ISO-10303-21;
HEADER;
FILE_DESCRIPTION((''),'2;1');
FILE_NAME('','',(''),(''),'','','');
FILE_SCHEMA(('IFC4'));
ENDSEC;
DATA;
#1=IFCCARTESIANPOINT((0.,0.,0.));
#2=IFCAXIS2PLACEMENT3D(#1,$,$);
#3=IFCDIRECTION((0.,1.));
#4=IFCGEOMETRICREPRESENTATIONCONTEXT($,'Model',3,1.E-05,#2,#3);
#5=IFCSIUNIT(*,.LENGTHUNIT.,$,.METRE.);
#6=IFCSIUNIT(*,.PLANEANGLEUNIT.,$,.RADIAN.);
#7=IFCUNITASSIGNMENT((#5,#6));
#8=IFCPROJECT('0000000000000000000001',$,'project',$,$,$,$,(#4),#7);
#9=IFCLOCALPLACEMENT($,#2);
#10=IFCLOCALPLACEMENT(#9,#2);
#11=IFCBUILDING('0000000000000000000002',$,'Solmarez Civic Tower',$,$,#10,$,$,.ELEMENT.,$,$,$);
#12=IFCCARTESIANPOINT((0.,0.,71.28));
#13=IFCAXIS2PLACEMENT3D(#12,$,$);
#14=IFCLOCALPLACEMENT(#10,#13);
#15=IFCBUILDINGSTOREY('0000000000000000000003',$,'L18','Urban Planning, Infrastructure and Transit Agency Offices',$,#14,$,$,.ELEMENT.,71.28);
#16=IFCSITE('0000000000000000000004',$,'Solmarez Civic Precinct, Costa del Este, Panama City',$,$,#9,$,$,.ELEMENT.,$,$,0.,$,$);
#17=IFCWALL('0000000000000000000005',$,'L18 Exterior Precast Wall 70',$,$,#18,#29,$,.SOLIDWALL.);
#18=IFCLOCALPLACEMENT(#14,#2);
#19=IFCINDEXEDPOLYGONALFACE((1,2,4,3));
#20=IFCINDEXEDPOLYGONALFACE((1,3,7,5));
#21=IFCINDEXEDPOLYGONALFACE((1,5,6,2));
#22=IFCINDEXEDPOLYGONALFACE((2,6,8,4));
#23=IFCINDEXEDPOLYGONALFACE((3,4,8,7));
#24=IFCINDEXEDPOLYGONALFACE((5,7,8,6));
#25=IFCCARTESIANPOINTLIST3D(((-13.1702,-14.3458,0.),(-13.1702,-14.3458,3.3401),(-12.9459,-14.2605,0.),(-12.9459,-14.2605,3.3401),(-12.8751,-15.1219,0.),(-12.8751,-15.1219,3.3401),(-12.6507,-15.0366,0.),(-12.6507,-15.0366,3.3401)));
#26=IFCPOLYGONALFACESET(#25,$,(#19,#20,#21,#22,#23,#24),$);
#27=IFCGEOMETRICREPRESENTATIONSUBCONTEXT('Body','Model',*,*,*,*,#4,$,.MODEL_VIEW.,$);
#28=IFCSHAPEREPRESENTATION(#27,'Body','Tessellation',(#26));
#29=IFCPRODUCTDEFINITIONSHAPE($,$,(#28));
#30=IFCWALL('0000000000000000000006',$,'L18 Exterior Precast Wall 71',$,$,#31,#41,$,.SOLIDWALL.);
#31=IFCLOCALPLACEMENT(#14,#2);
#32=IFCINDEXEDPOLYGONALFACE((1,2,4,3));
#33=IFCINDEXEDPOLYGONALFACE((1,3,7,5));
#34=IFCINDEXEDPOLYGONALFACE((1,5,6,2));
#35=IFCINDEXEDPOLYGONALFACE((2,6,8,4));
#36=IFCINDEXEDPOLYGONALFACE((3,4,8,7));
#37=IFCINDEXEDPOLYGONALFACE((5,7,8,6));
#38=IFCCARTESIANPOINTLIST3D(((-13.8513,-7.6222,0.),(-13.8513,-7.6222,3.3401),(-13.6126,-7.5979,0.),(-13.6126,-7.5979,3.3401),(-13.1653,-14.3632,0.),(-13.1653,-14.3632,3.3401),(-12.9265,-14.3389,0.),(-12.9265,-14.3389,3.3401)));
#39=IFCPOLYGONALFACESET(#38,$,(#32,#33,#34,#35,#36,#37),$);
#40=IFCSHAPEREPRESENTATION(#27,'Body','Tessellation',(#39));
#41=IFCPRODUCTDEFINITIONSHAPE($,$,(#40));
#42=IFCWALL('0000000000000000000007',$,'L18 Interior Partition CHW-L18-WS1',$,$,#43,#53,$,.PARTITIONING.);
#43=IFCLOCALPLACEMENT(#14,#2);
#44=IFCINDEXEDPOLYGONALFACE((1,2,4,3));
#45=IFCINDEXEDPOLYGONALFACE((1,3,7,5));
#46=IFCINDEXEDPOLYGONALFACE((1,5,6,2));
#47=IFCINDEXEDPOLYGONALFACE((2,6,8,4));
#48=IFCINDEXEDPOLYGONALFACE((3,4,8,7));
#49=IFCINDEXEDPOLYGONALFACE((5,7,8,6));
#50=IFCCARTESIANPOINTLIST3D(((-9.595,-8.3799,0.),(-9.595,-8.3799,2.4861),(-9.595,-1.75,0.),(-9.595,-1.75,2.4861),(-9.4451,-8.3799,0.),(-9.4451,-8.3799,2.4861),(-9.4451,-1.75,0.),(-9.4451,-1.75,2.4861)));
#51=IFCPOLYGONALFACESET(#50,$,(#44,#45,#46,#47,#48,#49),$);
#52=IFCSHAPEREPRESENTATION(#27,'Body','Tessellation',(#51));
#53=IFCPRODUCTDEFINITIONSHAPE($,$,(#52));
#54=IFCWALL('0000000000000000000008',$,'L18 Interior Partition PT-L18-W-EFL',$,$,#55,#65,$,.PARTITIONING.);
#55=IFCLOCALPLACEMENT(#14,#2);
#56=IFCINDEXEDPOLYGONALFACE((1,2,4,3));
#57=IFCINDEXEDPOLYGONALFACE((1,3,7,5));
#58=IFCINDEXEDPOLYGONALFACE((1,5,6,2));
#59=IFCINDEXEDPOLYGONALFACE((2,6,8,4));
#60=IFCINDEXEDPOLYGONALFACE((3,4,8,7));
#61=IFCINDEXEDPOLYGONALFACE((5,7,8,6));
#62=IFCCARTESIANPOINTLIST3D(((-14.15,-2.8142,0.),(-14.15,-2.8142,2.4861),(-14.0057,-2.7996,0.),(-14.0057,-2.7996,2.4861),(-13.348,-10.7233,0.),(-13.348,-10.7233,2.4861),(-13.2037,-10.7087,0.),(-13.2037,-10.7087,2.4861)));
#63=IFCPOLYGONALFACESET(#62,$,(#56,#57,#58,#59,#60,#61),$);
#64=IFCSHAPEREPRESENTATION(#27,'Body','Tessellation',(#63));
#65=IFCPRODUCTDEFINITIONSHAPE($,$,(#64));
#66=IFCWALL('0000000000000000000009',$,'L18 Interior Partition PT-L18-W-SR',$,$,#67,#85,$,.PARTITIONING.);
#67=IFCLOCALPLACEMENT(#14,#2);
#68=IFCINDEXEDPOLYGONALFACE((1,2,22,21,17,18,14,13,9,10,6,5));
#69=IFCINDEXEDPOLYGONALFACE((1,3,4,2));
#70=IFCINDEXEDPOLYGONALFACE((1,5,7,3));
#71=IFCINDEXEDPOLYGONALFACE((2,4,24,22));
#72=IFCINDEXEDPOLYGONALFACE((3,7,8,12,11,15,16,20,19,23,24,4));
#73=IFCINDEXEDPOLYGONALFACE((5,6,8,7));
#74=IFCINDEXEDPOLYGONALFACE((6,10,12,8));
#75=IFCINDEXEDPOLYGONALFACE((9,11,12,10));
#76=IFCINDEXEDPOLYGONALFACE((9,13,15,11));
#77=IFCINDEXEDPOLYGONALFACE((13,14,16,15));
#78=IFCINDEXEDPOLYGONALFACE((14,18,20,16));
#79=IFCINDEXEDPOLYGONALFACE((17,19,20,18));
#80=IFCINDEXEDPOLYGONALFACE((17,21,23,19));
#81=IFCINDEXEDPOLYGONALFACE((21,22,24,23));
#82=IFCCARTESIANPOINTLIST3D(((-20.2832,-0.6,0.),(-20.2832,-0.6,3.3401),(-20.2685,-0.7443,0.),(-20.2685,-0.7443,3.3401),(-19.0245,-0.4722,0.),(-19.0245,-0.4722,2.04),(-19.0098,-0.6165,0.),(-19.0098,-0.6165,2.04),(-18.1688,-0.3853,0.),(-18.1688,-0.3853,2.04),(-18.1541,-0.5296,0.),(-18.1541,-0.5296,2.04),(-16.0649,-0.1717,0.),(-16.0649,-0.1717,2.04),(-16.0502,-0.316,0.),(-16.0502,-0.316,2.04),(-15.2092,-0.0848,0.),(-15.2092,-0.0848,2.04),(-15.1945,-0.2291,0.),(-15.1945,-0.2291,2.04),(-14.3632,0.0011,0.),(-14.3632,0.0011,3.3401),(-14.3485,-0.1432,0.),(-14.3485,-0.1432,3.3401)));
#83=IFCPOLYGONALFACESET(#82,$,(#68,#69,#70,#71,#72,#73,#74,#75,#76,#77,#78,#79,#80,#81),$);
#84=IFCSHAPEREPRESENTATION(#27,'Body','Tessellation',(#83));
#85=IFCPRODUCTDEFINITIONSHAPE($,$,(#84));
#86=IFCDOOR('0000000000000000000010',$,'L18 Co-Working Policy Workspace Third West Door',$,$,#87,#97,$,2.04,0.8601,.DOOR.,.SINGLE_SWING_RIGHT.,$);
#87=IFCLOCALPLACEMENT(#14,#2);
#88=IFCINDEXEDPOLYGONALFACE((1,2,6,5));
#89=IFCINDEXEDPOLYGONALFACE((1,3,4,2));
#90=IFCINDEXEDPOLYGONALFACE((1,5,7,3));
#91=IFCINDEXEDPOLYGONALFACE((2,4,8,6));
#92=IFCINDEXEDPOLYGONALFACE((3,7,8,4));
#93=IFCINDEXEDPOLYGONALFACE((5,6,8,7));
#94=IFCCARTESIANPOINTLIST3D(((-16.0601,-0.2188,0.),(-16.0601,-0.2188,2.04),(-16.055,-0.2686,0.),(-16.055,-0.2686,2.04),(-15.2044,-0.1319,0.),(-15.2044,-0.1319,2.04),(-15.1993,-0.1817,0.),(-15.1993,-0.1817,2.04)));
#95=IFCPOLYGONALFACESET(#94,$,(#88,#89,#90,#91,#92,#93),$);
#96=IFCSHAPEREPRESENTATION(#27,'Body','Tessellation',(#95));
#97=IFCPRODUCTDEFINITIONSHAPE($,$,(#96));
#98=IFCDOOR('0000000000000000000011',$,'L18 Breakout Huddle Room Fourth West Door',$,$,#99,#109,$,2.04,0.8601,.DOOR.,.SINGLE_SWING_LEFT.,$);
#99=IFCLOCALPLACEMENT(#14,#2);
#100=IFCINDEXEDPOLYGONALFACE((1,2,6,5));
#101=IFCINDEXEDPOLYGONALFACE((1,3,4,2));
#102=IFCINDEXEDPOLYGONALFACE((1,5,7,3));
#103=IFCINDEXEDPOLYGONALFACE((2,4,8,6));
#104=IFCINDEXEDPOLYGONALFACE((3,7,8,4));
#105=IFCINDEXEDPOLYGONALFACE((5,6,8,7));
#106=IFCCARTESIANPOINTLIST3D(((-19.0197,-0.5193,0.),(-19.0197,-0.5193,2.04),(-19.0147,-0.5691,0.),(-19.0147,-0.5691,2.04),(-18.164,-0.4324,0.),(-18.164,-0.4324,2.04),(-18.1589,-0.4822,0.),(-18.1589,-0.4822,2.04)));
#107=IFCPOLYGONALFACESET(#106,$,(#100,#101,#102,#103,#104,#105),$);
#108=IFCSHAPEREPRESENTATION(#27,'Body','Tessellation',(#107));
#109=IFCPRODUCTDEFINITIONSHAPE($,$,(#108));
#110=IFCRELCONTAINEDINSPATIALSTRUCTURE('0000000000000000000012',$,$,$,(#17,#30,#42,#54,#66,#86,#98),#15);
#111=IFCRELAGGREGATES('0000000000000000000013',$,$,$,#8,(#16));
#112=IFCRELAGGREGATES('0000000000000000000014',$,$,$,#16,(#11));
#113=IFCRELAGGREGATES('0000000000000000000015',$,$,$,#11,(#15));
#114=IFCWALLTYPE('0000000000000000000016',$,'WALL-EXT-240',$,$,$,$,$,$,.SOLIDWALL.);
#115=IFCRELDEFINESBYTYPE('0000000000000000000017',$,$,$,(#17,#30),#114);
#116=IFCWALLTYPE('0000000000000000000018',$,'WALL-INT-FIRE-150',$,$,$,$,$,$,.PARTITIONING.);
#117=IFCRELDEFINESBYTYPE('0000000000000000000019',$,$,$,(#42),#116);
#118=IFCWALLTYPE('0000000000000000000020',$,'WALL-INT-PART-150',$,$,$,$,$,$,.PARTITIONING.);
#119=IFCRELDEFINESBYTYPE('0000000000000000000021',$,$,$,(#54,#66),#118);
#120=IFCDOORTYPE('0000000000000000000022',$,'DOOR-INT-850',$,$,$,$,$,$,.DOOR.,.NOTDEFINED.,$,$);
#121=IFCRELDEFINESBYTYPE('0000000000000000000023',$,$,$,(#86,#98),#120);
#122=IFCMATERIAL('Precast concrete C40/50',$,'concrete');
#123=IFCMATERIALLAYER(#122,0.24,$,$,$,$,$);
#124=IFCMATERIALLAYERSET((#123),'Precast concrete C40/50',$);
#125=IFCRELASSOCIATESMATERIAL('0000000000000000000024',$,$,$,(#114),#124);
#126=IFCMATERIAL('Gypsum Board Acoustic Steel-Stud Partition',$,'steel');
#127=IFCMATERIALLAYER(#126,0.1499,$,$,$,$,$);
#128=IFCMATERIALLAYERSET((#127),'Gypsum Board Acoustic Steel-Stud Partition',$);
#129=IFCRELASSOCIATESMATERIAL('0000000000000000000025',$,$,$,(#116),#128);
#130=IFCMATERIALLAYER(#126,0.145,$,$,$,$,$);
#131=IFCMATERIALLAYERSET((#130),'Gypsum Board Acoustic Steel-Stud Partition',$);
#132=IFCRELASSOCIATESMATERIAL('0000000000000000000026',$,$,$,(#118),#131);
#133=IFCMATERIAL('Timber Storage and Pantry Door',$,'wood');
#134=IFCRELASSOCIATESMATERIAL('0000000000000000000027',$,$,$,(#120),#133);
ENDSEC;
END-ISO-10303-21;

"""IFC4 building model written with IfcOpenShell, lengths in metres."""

from ifc_helpers import new_model, si_unit, direction, frame, frame_2d, origin, place, context, subcontext, project, spatial, rectangle, extrude, material, layer, layer_set, type_object, element, fill, save


model = new_model("IFC4")

# Units and contexts
model_context = context("Model", 3, precision=1e-05, world=origin(), true_north=direction((0.0, 1.0)))
body_context = subcontext(model_context, "Body", "Model", "MODEL_VIEW")
ifc_project = project(units=[si_unit("LENGTHUNIT", "METRE"), si_unit("PLANEANGLEUNIT", "RADIAN")], contexts=[model_context])

# Site, building, storey
site_placement = place(None, origin())
site = spatial("IfcSite", under=ifc_project, at=site_placement, Name="Solmarez Civic Precinct, Costa del Este, Panama City", CompositionType="ELEMENT", RefElevation=0.0)
building_placement = place(site_placement, origin())
building = spatial("IfcBuilding", under=site, at=building_placement, Name="Solmarez Civic Tower", CompositionType="ELEMENT")
storey_placement = place(building_placement, frame((0.0, 0.0, 71.28)))
storey = spatial("IfcBuildingStorey", under=building, at=storey_placement, Name="L18", Description="Urban Planning, Infrastructure and Transit Agency Offices", CompositionType="ELEMENT", Elevation=71.28)

# Shared definitions
ifc_material_1 = material(Name="Precast concrete C40/50", Category="concrete")
ifc_layer_1 = layer(ifc_material_1, 0.24)
ifc_layer_set_1 = layer_set([ifc_layer_1], Name="Precast concrete C40/50")
wall_type_1 = type_object("IfcWallType", Name="WALL-EXT-240", PredefinedType="SOLIDWALL", material=ifc_layer_set_1)

# Walls
wall_1_placement = place(storey_placement, frame((-12.7629, -15.0791, 0.0), z_axis=(0.0, 0.0, 1.0), x_axis=(-0.35547, 0.934688, 0.0)))
element("IfcWall", 1, at=wall_1_placement, inside=storey, type_object=wall_type_1, Name="L18 Exterior Precast Wall 70", PredefinedType="SOLIDWALL", context=body_context, shape_type="SweptSolid", body=[
    extrude(rectangle(XDim=0.8303, YDim=0.24, at=frame_2d((0.415, 0.0))), origin(), (0.0, 0.0, 1.0), 3.3401),
])
wall_2_placement = place(storey_placement, frame((-13.0459, -14.3511, 0.0), z_axis=(0.0, 0.0, 1.0), x_axis=(-0.101248, 0.994861, 0.0)))
element("IfcWall", 2, at=wall_2_placement, inside=storey, type_object=wall_type_1, Name="L18 Exterior Precast Wall 71", PredefinedType="SOLIDWALL", context=body_context, shape_type="SweptSolid", body=[
    extrude(rectangle(XDim=6.7759, YDim=0.24, at=frame_2d((3.3879, 0.0))), origin(), (0.0, 0.0, 1.0), 3.3401),
])
ifc_material_2 = material(Name="Gypsum Board Acoustic Steel-Stud Partition", Category="steel")
ifc_layer_2 = layer(ifc_material_2, 0.1499)
ifc_layer_set_2 = layer_set([ifc_layer_2], Name="Gypsum Board Acoustic Steel-Stud Partition")
wall_type_2 = type_object("IfcWallType", Name="WALL-INT-FIRE-150", PredefinedType="PARTITIONING", material=ifc_layer_set_2)
wall_3_placement = place(storey_placement, frame((-9.52, -8.3799, 0.0), z_axis=(0.0, 0.0, 1.0), x_axis=(0.0, 1.0, 0.0)))
element("IfcWall", 3, at=wall_3_placement, inside=storey, type_object=wall_type_2, Name="L18 Interior Partition CHW-L18-WS1", PredefinedType="PARTITIONING", context=body_context, shape_type="SweptSolid", body=[
    extrude(rectangle(XDim=6.6299, YDim=0.1499, at=frame_2d((3.3149, 0.0))), origin(), (0.0, 0.0, 1.0), 2.4861),
])
ifc_layer_3 = layer(ifc_material_2, 0.145)
ifc_layer_set_3 = layer_set([ifc_layer_3], Name="Gypsum Board Acoustic Steel-Stud Partition")
wall_type_3 = type_object("IfcWallType", Name="WALL-INT-PART-150", PredefinedType="PARTITIONING", material=ifc_layer_set_3)
wall_4_placement = place(storey_placement, frame((-14.0779, -2.8069, 0.0), z_axis=(0.0, 0.0, 1.0), x_axis=(0.100884, -0.994898, 0.0)))
element("IfcWall", 4, at=wall_4_placement, inside=storey, type_object=wall_type_3, Name="L18 Interior Partition PT-L18-W-EFL", PredefinedType="PARTITIONING", context=body_context, shape_type="SweptSolid", body=[
    extrude(rectangle(XDim=7.9497, YDim=0.145, at=frame_2d((3.9749, 0.0))), origin(), (0.0, 0.0, 1.0), 2.4861),
])

# Wall, openings, doors
wall_5_placement = place(storey_placement, frame((-14.356, -0.071, 0.0), z_axis=(0.0, 0.0, 1.0), x_axis=(-0.994885, -0.101015, 0.0)))
wall_5 = element("IfcWall", 5, at=wall_5_placement, inside=storey, type_object=wall_type_3, Name="L18 Interior Partition PT-L18-W-SR", PredefinedType="PARTITIONING", context=body_context, shape_type="SweptSolid", body=[
    extrude(rectangle(XDim=5.9504, YDim=0.145, at=frame_2d((2.9751, 0.0))), origin(), (0.0, 0.0, 1.0), 3.3401),
])
opening_1_placement = place(wall_5_placement, frame((0.8501, 0.0, 0.0)))
opening_1 = element("IfcOpeningElement", 6, at=opening_1_placement, cuts=wall_5, PredefinedType="OPENING", context=body_context, shape_type="SweptSolid", body=[
    extrude(rectangle(XDim=0.8601, YDim=2.04, at=frame_2d((0.4302, 1.02))), frame((0.0, 0.0825, 0.0), z_axis=(0.0, -1.0, 0.0), x_axis=(1.0, 0.0, 0.0)), (0.0, 0.0, 1.0), 0.165),
])
opening_2_placement = place(wall_5_placement, frame((3.825, 0.0, 0.0)))
opening_2 = element("IfcOpeningElement", 7, at=opening_2_placement, cuts=wall_5, PredefinedType="OPENING", context=body_context, shape_type="SweptSolid", body=[
    extrude(rectangle(XDim=0.8601, YDim=2.04, at=frame_2d((0.4302, 1.02))), frame((0.0, 0.0825, 0.0), z_axis=(0.0, -1.0, 0.0), x_axis=(1.0, 0.0, 0.0)), (0.0, 0.0, 1.0), 0.165),
])
ifc_material_3 = material(Name="Timber Storage and Pantry Door", Category="wood")
door_type = type_object("IfcDoorType", Name="DOOR-INT-850", OperationType="NOTDEFINED", PredefinedType="DOOR", material=ifc_material_3)
door_1_placement = place(opening_1_placement, origin())
door_1 = element("IfcDoor", 8, at=door_1_placement, inside=storey, type_object=door_type, Name="L18 Co-Working Policy Workspace Third West Door", OperationType="SINGLE_SWING_RIGHT", OverallHeight=2.04, OverallWidth=0.8601, PredefinedType="DOOR", context=body_context, shape_type="SweptSolid", body=[
    extrude(rectangle(XDim=0.8601, YDim=2.04, at=frame_2d((0.4302, 1.02))), frame((0.0, 0.0249, 0.0), z_axis=(0.0, -1.0, 0.0), x_axis=(1.0, 0.0, 0.0)), (0.0, 0.0, 1.0), 0.05),
])
fill(opening_1, door_1)
door_2_placement = place(opening_2_placement, origin())
door_2 = element("IfcDoor", 9, at=door_2_placement, inside=storey, type_object=door_type, Name="L18 Breakout Huddle Room Fourth West Door", OperationType="SINGLE_SWING_LEFT", OverallHeight=2.04, OverallWidth=0.8601, PredefinedType="DOOR", context=body_context, shape_type="SweptSolid", body=[
    extrude(rectangle(XDim=0.8601, YDim=2.04, at=frame_2d((0.4302, 1.02))), frame((0.0, 0.0249, 0.0), z_axis=(0.0, -1.0, 0.0), x_axis=(1.0, 0.0, 0.0)), (0.0, 0.0, 1.0), 0.05),
])
fill(opening_2, door_2)

save(model, "model.ifc")
